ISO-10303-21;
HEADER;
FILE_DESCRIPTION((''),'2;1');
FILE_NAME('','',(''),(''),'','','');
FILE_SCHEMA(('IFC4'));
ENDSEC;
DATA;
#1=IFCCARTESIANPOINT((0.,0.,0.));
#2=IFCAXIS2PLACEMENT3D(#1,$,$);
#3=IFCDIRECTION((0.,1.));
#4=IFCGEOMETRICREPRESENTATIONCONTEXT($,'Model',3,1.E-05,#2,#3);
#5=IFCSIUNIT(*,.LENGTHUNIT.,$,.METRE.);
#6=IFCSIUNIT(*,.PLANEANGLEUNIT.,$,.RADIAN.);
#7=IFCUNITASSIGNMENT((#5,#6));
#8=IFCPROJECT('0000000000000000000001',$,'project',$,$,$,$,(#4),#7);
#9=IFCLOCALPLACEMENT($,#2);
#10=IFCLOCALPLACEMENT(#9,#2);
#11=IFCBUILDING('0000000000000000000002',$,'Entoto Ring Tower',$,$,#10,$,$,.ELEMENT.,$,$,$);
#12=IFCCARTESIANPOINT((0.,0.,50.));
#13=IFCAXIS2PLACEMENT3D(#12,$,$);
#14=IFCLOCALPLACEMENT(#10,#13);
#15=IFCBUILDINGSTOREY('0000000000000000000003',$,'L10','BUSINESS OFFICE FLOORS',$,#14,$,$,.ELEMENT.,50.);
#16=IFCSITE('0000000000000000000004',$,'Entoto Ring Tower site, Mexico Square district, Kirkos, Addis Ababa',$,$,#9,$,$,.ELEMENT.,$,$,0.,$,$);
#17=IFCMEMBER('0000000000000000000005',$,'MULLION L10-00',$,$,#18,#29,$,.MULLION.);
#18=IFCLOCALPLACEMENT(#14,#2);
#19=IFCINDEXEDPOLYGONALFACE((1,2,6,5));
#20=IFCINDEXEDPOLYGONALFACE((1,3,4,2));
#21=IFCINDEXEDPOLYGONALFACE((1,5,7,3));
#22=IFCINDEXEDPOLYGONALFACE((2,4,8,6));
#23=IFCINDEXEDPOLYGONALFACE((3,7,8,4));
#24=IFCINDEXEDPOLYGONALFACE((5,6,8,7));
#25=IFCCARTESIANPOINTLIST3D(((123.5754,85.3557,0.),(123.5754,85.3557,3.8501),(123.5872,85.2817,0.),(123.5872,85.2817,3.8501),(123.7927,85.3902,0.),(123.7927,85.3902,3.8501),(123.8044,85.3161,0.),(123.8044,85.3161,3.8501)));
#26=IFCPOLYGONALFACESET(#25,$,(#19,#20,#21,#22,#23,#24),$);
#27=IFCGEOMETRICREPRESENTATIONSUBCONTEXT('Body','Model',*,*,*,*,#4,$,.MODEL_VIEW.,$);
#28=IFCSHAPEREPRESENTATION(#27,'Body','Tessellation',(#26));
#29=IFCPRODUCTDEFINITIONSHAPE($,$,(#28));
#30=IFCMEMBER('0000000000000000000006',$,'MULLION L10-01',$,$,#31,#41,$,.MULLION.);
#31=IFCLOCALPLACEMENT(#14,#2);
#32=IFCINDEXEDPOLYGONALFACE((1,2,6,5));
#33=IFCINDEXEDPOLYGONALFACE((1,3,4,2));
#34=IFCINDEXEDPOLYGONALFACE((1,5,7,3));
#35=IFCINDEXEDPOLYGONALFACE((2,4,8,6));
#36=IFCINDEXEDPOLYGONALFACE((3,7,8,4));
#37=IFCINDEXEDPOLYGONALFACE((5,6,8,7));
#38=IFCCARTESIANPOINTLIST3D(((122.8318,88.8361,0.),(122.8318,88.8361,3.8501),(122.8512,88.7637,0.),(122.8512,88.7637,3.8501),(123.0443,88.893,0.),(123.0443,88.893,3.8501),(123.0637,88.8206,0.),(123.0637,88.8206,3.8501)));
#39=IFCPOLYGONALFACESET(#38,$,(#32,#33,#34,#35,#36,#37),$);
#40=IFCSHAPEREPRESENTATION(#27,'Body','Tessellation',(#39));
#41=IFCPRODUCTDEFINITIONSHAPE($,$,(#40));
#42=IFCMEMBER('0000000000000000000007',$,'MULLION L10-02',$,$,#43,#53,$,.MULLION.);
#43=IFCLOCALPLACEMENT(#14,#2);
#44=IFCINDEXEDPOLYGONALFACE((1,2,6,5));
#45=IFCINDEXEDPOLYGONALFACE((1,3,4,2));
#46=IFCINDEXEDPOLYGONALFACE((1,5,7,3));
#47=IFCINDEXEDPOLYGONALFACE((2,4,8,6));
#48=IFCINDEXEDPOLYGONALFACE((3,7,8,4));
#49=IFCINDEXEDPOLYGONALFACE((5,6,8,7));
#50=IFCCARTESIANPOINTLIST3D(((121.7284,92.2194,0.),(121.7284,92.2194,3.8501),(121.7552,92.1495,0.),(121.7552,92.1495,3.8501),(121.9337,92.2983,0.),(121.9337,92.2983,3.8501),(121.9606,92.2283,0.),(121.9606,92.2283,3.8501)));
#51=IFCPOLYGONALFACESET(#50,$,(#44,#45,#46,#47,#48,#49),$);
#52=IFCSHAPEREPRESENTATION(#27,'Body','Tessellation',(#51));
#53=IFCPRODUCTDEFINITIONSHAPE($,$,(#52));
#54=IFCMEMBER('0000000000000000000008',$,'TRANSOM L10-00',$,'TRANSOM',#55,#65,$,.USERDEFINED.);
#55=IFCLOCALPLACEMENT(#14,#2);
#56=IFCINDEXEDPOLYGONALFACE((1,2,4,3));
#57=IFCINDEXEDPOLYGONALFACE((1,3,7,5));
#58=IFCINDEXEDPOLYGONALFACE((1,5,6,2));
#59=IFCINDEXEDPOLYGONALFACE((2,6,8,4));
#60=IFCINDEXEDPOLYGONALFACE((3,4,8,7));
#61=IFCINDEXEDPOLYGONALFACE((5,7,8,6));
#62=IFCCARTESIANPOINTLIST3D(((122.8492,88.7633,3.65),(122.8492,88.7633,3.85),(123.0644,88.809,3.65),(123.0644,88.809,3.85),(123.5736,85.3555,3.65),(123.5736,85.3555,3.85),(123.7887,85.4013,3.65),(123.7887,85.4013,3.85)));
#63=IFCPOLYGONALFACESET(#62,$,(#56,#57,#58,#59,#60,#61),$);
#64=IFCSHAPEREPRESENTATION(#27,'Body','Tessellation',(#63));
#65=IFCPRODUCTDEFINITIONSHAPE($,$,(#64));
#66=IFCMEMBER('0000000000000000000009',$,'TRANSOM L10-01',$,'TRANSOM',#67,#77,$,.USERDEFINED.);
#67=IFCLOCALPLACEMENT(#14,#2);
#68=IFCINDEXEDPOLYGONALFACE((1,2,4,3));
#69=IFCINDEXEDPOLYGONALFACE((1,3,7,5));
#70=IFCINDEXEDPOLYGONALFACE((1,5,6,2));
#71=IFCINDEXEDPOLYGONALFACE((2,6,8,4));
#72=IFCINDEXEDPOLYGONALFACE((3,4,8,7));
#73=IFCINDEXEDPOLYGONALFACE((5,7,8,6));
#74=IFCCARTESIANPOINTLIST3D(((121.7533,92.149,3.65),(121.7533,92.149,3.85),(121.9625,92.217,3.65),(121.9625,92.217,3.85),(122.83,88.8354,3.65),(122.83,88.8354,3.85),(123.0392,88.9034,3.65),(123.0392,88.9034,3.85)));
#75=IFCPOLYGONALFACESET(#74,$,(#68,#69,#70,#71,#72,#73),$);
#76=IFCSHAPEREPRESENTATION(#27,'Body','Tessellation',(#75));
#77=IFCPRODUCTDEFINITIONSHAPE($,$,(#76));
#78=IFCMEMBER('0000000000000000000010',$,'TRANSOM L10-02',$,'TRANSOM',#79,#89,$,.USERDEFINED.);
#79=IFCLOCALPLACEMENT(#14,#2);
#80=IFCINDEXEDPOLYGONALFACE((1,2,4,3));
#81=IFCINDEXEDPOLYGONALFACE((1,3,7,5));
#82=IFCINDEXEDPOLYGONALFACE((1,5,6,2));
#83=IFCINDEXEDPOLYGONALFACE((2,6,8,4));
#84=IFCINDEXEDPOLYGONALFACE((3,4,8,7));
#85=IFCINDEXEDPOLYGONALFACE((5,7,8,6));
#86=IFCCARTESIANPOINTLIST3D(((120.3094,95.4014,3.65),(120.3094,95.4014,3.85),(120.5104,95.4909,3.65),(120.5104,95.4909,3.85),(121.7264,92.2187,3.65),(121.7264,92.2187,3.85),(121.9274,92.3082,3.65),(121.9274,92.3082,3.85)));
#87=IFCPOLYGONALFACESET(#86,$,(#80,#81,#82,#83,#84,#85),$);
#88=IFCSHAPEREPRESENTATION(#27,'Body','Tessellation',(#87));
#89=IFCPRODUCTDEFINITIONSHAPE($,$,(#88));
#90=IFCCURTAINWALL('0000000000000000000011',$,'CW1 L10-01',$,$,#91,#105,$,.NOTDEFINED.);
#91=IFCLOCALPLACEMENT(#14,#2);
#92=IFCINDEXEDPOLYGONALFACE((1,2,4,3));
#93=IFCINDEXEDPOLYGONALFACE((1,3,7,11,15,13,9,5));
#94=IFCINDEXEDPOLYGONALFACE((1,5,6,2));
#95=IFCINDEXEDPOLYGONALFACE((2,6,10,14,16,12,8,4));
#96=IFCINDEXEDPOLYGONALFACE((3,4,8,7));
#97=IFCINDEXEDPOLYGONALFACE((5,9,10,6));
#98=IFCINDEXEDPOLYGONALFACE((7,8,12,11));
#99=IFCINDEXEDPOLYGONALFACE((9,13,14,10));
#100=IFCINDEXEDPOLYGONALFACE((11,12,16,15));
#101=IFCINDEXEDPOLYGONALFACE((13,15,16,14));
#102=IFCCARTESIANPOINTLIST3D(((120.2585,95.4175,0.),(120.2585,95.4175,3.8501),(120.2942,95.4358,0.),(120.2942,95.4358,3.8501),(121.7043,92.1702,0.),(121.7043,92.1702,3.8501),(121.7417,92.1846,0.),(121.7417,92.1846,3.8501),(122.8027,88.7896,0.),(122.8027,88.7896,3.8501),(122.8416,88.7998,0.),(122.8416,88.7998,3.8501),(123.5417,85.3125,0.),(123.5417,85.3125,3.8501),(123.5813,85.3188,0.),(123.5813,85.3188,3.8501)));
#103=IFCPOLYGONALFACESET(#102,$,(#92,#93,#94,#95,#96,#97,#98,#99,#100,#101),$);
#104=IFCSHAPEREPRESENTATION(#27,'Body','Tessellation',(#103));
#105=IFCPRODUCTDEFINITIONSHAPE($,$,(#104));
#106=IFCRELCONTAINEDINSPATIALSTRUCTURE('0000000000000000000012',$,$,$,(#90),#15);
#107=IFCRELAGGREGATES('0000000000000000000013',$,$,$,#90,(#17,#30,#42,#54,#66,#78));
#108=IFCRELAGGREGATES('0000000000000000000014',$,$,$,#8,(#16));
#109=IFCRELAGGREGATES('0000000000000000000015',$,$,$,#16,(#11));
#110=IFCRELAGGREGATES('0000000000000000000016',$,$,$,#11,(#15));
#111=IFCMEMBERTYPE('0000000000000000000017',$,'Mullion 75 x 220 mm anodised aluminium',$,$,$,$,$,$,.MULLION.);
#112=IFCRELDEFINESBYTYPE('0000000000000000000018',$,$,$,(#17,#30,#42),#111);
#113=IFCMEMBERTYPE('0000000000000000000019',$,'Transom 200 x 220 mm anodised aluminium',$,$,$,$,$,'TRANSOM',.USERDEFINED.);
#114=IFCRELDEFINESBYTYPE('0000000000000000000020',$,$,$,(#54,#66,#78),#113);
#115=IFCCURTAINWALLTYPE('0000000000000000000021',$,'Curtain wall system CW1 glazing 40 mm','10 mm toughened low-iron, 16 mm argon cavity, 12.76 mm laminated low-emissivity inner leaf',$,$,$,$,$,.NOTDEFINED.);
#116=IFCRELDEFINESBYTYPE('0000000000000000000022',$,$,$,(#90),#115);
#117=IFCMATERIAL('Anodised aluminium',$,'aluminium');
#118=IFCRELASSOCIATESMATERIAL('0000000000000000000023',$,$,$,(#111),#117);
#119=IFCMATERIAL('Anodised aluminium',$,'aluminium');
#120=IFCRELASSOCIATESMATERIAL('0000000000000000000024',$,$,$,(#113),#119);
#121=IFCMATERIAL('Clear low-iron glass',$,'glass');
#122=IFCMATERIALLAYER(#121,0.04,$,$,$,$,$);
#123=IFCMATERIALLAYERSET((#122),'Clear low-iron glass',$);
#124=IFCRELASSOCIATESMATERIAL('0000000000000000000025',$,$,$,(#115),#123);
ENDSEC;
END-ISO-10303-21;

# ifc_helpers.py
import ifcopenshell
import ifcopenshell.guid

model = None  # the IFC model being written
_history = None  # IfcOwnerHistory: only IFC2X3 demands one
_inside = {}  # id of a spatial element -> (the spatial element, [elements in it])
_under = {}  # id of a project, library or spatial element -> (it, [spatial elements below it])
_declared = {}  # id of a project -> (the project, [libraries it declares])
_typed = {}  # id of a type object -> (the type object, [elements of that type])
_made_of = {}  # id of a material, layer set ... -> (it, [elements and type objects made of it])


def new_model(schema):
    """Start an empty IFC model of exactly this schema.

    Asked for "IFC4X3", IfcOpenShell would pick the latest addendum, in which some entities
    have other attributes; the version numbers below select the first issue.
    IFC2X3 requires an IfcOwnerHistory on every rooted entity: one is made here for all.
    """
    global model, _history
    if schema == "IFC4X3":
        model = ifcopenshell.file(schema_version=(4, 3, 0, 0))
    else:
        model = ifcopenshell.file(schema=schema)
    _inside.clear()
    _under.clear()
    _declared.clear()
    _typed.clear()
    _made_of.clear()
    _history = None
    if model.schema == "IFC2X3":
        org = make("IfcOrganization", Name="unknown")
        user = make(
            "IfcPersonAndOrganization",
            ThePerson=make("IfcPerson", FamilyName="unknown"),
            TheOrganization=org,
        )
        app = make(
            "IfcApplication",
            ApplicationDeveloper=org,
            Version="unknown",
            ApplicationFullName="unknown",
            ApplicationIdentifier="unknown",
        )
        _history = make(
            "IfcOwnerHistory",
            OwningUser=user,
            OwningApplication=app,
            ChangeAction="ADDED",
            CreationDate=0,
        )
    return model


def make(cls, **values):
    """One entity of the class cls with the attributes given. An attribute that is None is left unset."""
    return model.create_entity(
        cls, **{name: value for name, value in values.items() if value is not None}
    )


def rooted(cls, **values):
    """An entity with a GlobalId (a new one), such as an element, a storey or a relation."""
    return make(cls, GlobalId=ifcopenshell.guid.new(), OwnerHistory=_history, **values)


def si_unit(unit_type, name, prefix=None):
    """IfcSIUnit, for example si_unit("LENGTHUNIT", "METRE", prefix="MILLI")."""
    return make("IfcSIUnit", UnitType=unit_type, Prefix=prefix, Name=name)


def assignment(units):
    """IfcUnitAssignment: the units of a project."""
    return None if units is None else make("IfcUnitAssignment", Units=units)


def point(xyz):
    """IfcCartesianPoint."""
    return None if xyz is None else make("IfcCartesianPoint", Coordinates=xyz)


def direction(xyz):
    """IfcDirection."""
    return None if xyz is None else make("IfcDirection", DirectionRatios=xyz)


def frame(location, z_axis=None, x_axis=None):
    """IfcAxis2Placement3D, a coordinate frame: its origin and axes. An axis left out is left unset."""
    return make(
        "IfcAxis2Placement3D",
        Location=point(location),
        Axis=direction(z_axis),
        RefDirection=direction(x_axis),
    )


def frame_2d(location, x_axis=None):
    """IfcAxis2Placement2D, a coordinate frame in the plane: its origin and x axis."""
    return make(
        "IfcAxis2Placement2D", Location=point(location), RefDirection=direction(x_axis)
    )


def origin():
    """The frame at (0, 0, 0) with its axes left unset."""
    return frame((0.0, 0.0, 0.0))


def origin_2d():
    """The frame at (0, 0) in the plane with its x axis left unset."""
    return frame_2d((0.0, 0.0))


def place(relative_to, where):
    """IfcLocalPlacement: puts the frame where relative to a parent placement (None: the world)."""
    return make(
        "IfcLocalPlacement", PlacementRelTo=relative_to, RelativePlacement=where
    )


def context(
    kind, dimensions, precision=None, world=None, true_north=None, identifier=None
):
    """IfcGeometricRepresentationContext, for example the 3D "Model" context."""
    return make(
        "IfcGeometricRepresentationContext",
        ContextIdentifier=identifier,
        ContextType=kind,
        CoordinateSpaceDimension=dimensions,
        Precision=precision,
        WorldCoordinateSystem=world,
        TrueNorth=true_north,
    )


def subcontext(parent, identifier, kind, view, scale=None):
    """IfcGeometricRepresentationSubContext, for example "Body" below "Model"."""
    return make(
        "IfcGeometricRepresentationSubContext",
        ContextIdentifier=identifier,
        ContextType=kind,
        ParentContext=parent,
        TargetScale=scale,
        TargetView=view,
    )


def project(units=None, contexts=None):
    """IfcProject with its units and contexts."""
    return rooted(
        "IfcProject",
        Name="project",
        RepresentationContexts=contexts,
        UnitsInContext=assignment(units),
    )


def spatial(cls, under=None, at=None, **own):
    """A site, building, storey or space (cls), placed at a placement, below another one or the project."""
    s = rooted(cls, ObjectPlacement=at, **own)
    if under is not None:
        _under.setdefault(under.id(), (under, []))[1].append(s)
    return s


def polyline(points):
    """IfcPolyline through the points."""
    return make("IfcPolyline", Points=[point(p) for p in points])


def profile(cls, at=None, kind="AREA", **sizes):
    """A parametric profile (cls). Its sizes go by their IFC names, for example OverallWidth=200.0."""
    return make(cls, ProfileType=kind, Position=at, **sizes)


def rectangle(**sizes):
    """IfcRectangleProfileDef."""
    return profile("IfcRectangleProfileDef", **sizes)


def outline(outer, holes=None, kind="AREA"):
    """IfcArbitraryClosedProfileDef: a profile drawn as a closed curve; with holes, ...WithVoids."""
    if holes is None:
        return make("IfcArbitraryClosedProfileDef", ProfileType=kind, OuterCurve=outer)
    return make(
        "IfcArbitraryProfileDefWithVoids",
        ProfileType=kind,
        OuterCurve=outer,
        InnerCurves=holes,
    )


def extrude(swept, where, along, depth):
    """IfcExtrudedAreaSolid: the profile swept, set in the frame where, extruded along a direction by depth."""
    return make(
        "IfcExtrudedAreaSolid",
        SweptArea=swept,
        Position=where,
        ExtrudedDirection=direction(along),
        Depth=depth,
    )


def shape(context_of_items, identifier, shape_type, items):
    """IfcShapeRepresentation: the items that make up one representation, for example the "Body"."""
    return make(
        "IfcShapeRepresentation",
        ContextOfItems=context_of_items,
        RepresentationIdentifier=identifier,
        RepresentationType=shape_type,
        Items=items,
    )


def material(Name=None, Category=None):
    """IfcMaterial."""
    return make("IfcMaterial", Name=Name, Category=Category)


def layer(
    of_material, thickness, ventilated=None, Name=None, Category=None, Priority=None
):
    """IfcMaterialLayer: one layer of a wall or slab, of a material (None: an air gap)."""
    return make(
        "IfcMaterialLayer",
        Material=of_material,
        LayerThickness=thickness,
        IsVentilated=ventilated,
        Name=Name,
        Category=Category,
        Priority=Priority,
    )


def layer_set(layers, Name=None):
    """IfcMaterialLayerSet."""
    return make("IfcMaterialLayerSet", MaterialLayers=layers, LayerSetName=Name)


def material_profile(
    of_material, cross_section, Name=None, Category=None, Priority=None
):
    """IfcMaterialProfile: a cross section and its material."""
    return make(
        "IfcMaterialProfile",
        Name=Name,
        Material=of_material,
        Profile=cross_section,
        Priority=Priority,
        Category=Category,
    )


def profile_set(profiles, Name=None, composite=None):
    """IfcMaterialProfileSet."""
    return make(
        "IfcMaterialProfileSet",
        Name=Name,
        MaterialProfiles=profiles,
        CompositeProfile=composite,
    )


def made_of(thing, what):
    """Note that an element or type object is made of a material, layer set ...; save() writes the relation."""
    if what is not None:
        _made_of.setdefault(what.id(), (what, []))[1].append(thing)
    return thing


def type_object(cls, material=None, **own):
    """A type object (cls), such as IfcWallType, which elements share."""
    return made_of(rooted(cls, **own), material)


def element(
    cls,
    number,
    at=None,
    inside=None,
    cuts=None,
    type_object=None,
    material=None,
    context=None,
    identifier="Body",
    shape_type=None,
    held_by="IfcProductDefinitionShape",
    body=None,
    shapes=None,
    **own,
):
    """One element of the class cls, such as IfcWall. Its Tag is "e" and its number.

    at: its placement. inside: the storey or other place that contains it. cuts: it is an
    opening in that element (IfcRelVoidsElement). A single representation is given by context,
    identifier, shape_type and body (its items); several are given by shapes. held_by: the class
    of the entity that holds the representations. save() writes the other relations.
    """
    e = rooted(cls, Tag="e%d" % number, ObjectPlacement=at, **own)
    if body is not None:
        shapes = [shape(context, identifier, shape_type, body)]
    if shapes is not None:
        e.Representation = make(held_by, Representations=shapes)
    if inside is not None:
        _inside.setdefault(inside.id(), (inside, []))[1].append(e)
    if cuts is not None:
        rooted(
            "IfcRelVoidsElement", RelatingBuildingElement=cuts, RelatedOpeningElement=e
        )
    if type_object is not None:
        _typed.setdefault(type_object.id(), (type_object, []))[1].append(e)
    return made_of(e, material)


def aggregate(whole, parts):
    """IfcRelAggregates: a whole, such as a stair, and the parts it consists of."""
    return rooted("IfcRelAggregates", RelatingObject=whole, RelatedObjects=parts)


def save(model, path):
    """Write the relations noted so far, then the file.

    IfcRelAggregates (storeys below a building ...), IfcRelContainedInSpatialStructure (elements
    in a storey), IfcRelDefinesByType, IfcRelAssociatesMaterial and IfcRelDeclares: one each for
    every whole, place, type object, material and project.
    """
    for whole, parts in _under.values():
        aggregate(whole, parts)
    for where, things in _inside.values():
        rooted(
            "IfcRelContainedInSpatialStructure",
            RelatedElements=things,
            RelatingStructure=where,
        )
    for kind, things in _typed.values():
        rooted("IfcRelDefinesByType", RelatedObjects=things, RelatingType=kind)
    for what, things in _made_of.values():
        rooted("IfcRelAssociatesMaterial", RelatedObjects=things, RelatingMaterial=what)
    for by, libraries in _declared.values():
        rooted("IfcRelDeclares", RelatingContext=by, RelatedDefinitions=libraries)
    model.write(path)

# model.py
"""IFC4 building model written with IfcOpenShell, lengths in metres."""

from ifc_helpers import new_model, si_unit, direction, frame, origin, origin_2d, place, context, subcontext, project, spatial, polyline, rectangle, outline, extrude, material, layer, layer_set, material_profile, profile_set, type_object, element, aggregate, save


model = new_model("IFC4")

# Units and contexts
model_context = context("Model", 3, precision=1e-05, world=origin(), true_north=direction((0.0, 1.0)))
body_context = subcontext(model_context, "Body", "Model", "MODEL_VIEW")
ifc_project = project(units=[si_unit("LENGTHUNIT", "METRE"), si_unit("PLANEANGLEUNIT", "RADIAN")], contexts=[model_context])

# Members
ifc_material_1 = material(Name="Anodised aluminium", Category="aluminium")
ifc_material_profile_1 = material_profile(ifc_material_1, rectangle(XDim=0.075, YDim=0.22, at=origin_2d()), Name="Mullion 75 x 220 mm anodised aluminium")
ifc_profile_set_1 = profile_set([ifc_material_profile_1], Name="Anodised aluminium")
member_type_1 = type_object("IfcMemberType", Name="Mullion 75 x 220 mm anodised aluminium", PredefinedType="MULLION", material=ifc_profile_set_1)
site_placement = place(None, origin())
building_placement = place(site_placement, origin())
storey_placement = place(building_placement, frame((0.0, 0.0, 50.0)))
member_1_placement = place(storey_placement, frame((123.6899, 85.3359, 0.0), z_axis=(0.0, 0.0, 1.0), x_axis=(-0.156434, 0.987688, 0.0)))
member_1 = element("IfcMember", 1, at=member_1_placement, type_object=member_type_1, Name="MULLION L10-00", PredefinedType="MULLION", context=body_context, shape_type="SweptSolid", body=[
    extrude(rectangle(XDim=0.075, YDim=0.22, at=origin_2d()), origin(), (0.0, 0.0, 1.0), 3.8501),
])
member_2_placement = place(storey_placement, frame((122.9478, 88.8284, 0.0), z_axis=(0.0, 0.0, 1.0), x_axis=(-0.258819, 0.965926, 0.0)))
member_2 = element("IfcMember", 2, at=member_2_placement, type_object=member_type_1, Name="MULLION L10-01", PredefinedType="MULLION", context=body_context, shape_type="SweptSolid", body=[
    extrude(rectangle(XDim=0.075, YDim=0.22, at=origin_2d()), origin(), (0.0, 0.0, 1.0), 3.8501),
])
member_3_placement = place(storey_placement, frame((121.8445, 92.2239, 0.0), z_axis=(0.0, 0.0, 1.0), x_axis=(-0.358368, 0.93358, 0.0)))
member_3 = element("IfcMember", 3, at=member_3_placement, type_object=member_type_1, Name="MULLION L10-02", PredefinedType="MULLION", context=body_context, shape_type="SweptSolid", body=[
    extrude(rectangle(XDim=0.075, YDim=0.22, at=origin_2d()), origin(), (0.0, 0.0, 1.0), 3.8501),
])
ifc_material_2 = material(Name="Anodised aluminium", Category="aluminium")
ifc_material_profile_2 = material_profile(ifc_material_2, rectangle(XDim=0.22, YDim=0.2, at=origin_2d()), Name="Transom 200 x 220 mm anodised aluminium")
ifc_profile_set_2 = profile_set([ifc_material_profile_2], Name="Anodised aluminium")
member_type_2 = type_object("IfcMemberType", Name="Transom 200 x 220 mm anodised aluminium", ElementType="TRANSOM", PredefinedType="USERDEFINED", material=ifc_profile_set_2)
member_4_placement = place(storey_placement, frame((123.6812, 85.3784, 3.75), z_axis=(-0.207921, 0.978146, 0.0), x_axis=(-0.978146, -0.207921, 0.0)))
member_4 = element("IfcMember", 4, at=member_4_placement, type_object=member_type_2, Name="TRANSOM L10-00", ObjectType="TRANSOM", PredefinedType="USERDEFINED", context=body_context, shape_type="SweptSolid", body=[
    extrude(rectangle(XDim=0.22, YDim=0.2, at=origin_2d()), origin(), (0.0, 0.0, 1.0), 3.4839),
])
member_5_placement = place(storey_placement, frame((122.9346, 88.8694, 3.75), z_axis=(-0.309029, 0.951053, 0.0), x_axis=(-0.951053, -0.309029, 0.0)))
member_5 = element("IfcMember", 5, at=member_5_placement, type_object=member_type_2, Name="TRANSOM L10-01", ObjectType="TRANSOM", PredefinedType="USERDEFINED", context=body_context, shape_type="SweptSolid", body=[
    extrude(rectangle(XDim=0.22, YDim=0.2, at=origin_2d()), origin(), (0.0, 0.0, 1.0), 3.4841),
])
member_6_placement = place(storey_placement, frame((121.8269, 92.2634, 3.75), z_axis=(-0.406737, 0.913545, 0.0), x_axis=(-0.913545, -0.406737, 0.0)))
member_6 = element("IfcMember", 6, at=member_6_placement, type_object=member_type_2, Name="TRANSOM L10-02", ObjectType="TRANSOM", PredefinedType="USERDEFINED", context=body_context, shape_type="SweptSolid", body=[
    extrude(rectangle(XDim=0.22, YDim=0.2, at=origin_2d()), origin(), (0.0, 0.0, 1.0), 3.4839),
])

# Site, building, storey
site = spatial("IfcSite", under=ifc_project, at=site_placement, Name="Entoto Ring Tower site, Mexico Square district, Kirkos, Addis Ababa", CompositionType="ELEMENT", RefElevation=0.0)
building = spatial("IfcBuilding", under=site, at=building_placement, Name="Entoto Ring Tower", CompositionType="ELEMENT")
storey = spatial("IfcBuildingStorey", under=building, at=storey_placement, Name="L10", Description="BUSINESS OFFICE FLOORS", CompositionType="ELEMENT", Elevation=50.0)

# Curtain wall
ifc_material_3 = material(Name="Clear low-iron glass", Category="glass")
ifc_layer_1 = layer(ifc_material_3, 0.04)
ifc_layer_set_1 = layer_set([ifc_layer_1], Name="Clear low-iron glass")
curtain_wall_type = type_object("IfcCurtainWallType", Name="Curtain wall system CW1 glazing 40 mm", Description="10 mm toughened low-iron, 16 mm argon cavity, 12.76 mm laminated low-emissivity inner leaf", PredefinedType="NOTDEFINED", material=ifc_layer_set_1)
curtain_wall_1_placement = place(storey_placement, origin())
curtain_wall_1 = element("IfcCurtainWall", 7, at=curtain_wall_1_placement, inside=storey, type_object=curtain_wall_type, Name="CW1 L10-01", PredefinedType="NOTDEFINED", context=body_context, shape_type="SweptSolid", body=[
    extrude(outline(polyline([(123.5813, 85.3188), (122.8416, 88.7998), (121.7417, 92.1846), (120.2942, 95.4358), (120.2585, 95.4175), (121.7043, 92.1702), (122.8027, 88.7896), (123.5417, 85.3125), (123.5813, 85.3188)])), origin(), (0.0, 0.0, 1.0), 3.8501),
])
aggregate(curtain_wall_1, [member_1, member_2, member_3, member_4, member_5, member_6])

save(model, "model.ifc")
